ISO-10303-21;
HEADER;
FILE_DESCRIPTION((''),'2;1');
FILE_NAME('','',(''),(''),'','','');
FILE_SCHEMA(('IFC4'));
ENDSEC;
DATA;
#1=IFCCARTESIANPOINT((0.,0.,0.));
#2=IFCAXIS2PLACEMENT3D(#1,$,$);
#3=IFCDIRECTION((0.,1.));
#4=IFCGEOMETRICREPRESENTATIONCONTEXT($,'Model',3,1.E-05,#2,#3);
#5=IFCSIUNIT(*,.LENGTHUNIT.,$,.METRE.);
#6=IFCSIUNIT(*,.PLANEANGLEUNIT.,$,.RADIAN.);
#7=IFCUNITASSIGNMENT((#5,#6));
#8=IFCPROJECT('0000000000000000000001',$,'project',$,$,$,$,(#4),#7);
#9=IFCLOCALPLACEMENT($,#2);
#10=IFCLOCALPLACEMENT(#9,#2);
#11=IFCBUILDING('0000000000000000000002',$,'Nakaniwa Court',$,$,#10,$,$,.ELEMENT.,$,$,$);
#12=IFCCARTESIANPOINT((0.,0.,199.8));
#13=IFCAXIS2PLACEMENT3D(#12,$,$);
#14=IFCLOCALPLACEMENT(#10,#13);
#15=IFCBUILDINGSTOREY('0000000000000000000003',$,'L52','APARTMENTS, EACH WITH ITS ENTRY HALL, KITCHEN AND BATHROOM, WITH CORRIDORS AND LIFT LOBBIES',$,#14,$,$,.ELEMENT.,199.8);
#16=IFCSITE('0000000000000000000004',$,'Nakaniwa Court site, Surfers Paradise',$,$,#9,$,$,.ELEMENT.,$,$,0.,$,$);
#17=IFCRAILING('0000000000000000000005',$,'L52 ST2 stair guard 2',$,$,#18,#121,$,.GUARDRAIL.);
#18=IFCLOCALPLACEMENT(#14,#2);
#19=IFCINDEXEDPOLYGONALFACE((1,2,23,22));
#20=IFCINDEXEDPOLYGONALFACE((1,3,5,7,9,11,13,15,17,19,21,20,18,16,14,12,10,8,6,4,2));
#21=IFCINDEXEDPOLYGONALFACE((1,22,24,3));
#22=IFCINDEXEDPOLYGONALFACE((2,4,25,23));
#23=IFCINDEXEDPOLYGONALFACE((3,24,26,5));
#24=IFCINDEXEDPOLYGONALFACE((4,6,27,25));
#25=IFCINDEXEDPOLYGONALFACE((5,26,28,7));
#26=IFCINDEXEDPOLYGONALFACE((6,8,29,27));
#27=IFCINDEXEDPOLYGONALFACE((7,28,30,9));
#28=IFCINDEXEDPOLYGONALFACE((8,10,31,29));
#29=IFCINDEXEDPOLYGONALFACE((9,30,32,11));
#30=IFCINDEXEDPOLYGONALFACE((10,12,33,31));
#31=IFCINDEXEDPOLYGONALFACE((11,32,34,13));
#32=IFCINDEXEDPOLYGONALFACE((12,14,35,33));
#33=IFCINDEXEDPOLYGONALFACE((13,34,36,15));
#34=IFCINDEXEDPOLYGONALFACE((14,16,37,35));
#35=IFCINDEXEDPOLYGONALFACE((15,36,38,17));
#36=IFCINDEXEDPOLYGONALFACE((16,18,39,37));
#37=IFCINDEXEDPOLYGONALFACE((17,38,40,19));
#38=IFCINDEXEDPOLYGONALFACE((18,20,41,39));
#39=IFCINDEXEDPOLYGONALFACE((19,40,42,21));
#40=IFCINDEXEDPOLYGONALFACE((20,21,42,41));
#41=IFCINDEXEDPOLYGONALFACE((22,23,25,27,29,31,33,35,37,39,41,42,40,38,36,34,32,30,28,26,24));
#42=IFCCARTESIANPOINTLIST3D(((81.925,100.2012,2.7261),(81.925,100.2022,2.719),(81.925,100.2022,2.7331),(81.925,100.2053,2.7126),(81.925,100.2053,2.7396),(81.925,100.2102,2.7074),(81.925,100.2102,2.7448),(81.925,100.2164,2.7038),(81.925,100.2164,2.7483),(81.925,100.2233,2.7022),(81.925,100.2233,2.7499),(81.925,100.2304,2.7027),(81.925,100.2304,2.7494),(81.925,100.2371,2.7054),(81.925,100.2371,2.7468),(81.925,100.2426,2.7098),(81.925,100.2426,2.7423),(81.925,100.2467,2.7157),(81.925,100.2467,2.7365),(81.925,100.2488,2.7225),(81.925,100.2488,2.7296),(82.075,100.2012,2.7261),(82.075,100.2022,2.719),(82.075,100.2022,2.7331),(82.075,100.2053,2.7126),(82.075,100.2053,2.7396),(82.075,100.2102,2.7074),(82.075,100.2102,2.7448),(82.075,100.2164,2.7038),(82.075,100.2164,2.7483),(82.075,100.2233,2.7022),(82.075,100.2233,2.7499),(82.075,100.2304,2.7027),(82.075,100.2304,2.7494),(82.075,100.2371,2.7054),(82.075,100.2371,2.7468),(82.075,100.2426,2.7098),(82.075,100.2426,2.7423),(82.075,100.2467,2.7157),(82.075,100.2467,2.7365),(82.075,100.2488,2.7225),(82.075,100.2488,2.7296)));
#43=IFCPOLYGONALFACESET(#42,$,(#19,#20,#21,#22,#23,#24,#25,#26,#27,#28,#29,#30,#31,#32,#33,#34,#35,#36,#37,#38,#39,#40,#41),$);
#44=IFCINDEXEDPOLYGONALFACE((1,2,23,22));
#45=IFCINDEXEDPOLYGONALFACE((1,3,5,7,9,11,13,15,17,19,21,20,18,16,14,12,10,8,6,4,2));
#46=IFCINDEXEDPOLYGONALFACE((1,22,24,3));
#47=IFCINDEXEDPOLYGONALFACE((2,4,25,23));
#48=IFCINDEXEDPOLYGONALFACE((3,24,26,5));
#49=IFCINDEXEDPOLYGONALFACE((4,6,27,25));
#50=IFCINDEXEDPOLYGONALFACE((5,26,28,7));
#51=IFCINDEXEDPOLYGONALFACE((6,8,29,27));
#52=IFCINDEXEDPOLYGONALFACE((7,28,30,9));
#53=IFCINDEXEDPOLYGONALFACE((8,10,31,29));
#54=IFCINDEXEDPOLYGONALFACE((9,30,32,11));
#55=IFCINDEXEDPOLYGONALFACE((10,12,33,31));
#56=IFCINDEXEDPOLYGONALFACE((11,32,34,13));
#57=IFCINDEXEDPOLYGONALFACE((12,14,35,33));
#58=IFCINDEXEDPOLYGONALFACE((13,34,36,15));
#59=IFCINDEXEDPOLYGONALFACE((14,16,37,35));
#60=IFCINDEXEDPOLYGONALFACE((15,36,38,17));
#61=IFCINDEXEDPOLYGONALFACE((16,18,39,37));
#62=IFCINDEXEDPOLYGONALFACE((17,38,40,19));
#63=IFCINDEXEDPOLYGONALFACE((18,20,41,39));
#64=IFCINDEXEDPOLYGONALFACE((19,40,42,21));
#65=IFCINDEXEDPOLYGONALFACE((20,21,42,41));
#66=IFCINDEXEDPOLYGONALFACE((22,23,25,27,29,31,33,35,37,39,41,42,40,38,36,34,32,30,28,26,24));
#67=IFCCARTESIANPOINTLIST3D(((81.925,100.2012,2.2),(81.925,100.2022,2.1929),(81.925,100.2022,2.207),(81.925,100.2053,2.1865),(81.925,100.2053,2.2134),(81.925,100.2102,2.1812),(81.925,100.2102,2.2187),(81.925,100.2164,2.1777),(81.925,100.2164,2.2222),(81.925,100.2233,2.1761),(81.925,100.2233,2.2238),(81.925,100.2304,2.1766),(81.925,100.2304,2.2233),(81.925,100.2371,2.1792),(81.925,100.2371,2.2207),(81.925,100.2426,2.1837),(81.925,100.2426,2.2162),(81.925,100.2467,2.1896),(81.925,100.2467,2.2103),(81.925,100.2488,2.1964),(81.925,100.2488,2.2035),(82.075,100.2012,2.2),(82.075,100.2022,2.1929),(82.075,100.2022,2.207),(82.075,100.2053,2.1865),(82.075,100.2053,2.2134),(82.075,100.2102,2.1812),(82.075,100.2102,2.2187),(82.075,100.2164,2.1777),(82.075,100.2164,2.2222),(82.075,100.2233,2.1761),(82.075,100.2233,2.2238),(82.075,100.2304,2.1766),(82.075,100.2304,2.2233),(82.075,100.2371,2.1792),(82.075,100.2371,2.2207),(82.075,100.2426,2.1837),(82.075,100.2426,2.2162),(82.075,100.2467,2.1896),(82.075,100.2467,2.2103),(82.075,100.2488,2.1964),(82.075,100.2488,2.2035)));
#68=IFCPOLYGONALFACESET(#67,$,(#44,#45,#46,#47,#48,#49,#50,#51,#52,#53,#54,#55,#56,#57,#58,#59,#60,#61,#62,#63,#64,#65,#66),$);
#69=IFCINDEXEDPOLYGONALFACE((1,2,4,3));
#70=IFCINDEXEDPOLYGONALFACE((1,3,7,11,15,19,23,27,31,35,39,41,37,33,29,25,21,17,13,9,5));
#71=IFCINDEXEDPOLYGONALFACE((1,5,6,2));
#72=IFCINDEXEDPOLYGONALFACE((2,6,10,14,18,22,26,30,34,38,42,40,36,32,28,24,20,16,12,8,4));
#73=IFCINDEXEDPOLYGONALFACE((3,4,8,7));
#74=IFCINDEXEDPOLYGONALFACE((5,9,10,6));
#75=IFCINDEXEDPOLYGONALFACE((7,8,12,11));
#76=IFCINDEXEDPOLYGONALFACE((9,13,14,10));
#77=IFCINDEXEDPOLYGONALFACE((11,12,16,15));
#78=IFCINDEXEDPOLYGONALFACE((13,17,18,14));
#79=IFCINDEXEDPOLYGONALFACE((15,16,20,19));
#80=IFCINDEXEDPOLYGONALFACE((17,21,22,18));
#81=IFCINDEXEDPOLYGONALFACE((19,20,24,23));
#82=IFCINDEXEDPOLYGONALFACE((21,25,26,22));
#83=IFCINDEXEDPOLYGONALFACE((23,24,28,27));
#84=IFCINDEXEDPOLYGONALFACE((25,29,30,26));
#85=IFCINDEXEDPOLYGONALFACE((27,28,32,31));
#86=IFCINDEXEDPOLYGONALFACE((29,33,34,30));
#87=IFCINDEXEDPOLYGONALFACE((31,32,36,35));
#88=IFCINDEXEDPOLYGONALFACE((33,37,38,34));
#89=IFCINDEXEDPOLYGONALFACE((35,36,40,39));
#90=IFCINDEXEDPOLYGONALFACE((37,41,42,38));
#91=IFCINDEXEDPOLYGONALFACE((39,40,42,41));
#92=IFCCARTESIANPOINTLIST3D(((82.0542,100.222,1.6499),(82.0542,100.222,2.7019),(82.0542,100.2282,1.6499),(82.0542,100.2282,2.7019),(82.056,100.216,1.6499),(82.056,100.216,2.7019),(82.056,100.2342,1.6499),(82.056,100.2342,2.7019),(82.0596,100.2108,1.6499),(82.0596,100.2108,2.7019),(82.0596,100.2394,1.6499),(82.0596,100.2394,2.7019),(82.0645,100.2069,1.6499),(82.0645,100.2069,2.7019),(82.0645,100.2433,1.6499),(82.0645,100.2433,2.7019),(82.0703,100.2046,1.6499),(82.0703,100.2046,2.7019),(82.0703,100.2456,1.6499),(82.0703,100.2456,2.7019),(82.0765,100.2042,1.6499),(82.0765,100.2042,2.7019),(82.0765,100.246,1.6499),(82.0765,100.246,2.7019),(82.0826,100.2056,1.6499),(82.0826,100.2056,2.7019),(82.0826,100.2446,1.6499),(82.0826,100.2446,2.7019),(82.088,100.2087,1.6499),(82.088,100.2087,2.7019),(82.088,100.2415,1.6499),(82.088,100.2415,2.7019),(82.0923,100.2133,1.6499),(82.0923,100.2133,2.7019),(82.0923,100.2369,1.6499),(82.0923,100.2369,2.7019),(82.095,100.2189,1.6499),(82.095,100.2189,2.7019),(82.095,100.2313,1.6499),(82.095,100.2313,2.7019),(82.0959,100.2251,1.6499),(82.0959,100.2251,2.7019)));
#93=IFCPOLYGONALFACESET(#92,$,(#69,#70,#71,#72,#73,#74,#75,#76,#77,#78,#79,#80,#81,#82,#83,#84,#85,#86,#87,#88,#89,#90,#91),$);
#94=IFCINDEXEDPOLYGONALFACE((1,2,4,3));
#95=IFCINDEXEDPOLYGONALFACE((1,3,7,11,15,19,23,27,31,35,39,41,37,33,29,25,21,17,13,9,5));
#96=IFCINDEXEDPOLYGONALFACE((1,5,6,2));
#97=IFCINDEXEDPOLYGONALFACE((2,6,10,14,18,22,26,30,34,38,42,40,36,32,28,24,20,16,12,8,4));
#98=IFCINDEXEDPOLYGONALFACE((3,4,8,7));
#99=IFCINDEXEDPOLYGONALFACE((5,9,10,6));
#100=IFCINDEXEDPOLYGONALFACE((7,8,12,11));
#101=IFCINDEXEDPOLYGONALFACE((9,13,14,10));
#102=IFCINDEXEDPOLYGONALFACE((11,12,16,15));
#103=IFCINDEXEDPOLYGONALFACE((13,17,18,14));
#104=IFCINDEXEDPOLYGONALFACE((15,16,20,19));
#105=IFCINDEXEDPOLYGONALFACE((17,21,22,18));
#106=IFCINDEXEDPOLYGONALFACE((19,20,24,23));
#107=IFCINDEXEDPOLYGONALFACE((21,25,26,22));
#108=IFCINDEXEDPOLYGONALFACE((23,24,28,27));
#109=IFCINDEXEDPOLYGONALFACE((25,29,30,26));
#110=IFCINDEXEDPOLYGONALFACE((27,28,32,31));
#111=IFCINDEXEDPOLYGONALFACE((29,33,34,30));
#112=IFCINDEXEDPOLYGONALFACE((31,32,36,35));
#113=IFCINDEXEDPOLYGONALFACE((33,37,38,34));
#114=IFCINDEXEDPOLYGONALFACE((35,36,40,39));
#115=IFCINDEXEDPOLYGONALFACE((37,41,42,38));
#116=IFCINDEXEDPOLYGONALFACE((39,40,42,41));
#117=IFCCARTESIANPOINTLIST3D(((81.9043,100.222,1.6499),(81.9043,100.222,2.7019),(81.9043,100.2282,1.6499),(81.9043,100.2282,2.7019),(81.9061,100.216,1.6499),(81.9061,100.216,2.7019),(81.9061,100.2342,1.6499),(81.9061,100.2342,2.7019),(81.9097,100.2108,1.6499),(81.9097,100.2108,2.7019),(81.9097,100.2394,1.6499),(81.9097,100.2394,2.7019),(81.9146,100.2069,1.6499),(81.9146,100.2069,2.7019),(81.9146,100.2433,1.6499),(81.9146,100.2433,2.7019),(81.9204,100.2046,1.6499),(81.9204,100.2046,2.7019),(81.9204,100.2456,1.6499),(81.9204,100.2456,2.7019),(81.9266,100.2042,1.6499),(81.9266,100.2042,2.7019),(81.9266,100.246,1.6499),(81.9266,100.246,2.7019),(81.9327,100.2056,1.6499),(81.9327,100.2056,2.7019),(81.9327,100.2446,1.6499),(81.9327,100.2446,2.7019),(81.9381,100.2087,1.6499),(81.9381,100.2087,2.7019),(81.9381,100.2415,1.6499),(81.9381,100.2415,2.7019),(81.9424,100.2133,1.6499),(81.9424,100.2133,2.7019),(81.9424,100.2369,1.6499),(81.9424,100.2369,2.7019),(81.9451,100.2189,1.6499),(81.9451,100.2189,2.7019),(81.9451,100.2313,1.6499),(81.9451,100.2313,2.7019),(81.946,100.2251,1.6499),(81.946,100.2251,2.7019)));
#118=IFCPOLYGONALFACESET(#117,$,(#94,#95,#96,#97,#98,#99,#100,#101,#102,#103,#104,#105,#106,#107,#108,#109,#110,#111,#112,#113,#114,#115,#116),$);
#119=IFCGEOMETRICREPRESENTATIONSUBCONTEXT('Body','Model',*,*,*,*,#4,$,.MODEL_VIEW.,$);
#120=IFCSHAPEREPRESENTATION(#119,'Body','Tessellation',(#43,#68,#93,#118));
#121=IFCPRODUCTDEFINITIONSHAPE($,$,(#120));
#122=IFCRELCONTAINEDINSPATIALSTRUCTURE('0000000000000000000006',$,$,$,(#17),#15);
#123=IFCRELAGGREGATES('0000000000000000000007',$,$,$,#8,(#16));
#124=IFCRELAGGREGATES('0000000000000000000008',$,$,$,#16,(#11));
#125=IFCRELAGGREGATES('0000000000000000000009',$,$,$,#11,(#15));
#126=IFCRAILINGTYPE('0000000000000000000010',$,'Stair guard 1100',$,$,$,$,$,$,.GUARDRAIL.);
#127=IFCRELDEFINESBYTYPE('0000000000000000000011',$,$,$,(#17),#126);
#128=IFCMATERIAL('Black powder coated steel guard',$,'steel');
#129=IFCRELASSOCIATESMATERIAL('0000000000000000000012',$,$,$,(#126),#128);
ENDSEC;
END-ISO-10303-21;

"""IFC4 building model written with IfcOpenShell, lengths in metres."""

from ifc_helpers import new_model, si_unit, direction, frame, origin, origin_2d, place, context, subcontext, project, spatial, circle, extrude, material, type_object, element, save


model = new_model("IFC4")

# Units and contexts
model_context = context("Model", 3, precision=1e-05, world=origin(), true_north=direction((0.0, 1.0)))
body_context = subcontext(model_context, "Body", "Model", "MODEL_VIEW")
ifc_project = project(units=[si_unit("LENGTHUNIT", "METRE"), si_unit("PLANEANGLEUNIT", "RADIAN")], contexts=[model_context])

# Site, building, storey
site_placement = place(None, origin())
site = spatial("IfcSite", under=ifc_project, at=site_placement, Name="Nakaniwa Court site, Surfers Paradise", CompositionType="ELEMENT", RefElevation=0.0)
building_placement = place(site_placement, origin())
building = spatial("IfcBuilding", under=site, at=building_placement, Name="Nakaniwa Court", CompositionType="ELEMENT")
storey_placement = place(building_placement, frame((0.0, 0.0, 199.8)))
storey = spatial("IfcBuildingStorey", under=building, at=storey_placement, Name="L52", Description="APARTMENTS, EACH WITH ITS ENTRY HALL, KITCHEN AND BATHROOM, WITH CORRIDORS AND LIFT LOBBIES", CompositionType="ELEMENT", Elevation=199.8)

# Railing
ifc_material_1 = material(Name="Black powder coated steel guard", Category="steel")
railing_type_1 = type_object("IfcRailingType", Name="Stair guard 1100", PredefinedType="GUARDRAIL", material=ifc_material_1)
railing_1_placement = place(storey_placement, frame((82.075, 100.2251, 1.6499)))
element("IfcRailing", 1, at=railing_1_placement, inside=storey, type_object=railing_type_1, Name="L52 ST2 stair guard 2", PredefinedType="GUARDRAIL", context=body_context, shape_type="SweptSolid", body=[
    extrude(circle(Radius=0.0239, at=origin_2d()), frame((0.0, 0.0, 1.0762), z_axis=(-1.0, 0.0, 0.0), x_axis=(0.0, -1.0, 0.0)), (0.0, 0.0, 1.0), 0.1499),
    extrude(circle(Radius=0.0239, at=origin_2d()), frame((0.0, 0.0, 0.55), z_axis=(-1.0, 0.0, 0.0), x_axis=(0.0, -1.0, 0.0)), (0.0, 0.0, 1.0), 0.1499),
    extrude(circle(Radius=0.021, at=origin_2d()), origin(), (0.0, 0.0, 1.0), 1.052),
    extrude(circle(Radius=0.021, at=origin_2d()), frame((-0.1499, 0.0, 0.0)), (0.0, 0.0, 1.0), 1.052),
])

save(model, "model.ifc")
